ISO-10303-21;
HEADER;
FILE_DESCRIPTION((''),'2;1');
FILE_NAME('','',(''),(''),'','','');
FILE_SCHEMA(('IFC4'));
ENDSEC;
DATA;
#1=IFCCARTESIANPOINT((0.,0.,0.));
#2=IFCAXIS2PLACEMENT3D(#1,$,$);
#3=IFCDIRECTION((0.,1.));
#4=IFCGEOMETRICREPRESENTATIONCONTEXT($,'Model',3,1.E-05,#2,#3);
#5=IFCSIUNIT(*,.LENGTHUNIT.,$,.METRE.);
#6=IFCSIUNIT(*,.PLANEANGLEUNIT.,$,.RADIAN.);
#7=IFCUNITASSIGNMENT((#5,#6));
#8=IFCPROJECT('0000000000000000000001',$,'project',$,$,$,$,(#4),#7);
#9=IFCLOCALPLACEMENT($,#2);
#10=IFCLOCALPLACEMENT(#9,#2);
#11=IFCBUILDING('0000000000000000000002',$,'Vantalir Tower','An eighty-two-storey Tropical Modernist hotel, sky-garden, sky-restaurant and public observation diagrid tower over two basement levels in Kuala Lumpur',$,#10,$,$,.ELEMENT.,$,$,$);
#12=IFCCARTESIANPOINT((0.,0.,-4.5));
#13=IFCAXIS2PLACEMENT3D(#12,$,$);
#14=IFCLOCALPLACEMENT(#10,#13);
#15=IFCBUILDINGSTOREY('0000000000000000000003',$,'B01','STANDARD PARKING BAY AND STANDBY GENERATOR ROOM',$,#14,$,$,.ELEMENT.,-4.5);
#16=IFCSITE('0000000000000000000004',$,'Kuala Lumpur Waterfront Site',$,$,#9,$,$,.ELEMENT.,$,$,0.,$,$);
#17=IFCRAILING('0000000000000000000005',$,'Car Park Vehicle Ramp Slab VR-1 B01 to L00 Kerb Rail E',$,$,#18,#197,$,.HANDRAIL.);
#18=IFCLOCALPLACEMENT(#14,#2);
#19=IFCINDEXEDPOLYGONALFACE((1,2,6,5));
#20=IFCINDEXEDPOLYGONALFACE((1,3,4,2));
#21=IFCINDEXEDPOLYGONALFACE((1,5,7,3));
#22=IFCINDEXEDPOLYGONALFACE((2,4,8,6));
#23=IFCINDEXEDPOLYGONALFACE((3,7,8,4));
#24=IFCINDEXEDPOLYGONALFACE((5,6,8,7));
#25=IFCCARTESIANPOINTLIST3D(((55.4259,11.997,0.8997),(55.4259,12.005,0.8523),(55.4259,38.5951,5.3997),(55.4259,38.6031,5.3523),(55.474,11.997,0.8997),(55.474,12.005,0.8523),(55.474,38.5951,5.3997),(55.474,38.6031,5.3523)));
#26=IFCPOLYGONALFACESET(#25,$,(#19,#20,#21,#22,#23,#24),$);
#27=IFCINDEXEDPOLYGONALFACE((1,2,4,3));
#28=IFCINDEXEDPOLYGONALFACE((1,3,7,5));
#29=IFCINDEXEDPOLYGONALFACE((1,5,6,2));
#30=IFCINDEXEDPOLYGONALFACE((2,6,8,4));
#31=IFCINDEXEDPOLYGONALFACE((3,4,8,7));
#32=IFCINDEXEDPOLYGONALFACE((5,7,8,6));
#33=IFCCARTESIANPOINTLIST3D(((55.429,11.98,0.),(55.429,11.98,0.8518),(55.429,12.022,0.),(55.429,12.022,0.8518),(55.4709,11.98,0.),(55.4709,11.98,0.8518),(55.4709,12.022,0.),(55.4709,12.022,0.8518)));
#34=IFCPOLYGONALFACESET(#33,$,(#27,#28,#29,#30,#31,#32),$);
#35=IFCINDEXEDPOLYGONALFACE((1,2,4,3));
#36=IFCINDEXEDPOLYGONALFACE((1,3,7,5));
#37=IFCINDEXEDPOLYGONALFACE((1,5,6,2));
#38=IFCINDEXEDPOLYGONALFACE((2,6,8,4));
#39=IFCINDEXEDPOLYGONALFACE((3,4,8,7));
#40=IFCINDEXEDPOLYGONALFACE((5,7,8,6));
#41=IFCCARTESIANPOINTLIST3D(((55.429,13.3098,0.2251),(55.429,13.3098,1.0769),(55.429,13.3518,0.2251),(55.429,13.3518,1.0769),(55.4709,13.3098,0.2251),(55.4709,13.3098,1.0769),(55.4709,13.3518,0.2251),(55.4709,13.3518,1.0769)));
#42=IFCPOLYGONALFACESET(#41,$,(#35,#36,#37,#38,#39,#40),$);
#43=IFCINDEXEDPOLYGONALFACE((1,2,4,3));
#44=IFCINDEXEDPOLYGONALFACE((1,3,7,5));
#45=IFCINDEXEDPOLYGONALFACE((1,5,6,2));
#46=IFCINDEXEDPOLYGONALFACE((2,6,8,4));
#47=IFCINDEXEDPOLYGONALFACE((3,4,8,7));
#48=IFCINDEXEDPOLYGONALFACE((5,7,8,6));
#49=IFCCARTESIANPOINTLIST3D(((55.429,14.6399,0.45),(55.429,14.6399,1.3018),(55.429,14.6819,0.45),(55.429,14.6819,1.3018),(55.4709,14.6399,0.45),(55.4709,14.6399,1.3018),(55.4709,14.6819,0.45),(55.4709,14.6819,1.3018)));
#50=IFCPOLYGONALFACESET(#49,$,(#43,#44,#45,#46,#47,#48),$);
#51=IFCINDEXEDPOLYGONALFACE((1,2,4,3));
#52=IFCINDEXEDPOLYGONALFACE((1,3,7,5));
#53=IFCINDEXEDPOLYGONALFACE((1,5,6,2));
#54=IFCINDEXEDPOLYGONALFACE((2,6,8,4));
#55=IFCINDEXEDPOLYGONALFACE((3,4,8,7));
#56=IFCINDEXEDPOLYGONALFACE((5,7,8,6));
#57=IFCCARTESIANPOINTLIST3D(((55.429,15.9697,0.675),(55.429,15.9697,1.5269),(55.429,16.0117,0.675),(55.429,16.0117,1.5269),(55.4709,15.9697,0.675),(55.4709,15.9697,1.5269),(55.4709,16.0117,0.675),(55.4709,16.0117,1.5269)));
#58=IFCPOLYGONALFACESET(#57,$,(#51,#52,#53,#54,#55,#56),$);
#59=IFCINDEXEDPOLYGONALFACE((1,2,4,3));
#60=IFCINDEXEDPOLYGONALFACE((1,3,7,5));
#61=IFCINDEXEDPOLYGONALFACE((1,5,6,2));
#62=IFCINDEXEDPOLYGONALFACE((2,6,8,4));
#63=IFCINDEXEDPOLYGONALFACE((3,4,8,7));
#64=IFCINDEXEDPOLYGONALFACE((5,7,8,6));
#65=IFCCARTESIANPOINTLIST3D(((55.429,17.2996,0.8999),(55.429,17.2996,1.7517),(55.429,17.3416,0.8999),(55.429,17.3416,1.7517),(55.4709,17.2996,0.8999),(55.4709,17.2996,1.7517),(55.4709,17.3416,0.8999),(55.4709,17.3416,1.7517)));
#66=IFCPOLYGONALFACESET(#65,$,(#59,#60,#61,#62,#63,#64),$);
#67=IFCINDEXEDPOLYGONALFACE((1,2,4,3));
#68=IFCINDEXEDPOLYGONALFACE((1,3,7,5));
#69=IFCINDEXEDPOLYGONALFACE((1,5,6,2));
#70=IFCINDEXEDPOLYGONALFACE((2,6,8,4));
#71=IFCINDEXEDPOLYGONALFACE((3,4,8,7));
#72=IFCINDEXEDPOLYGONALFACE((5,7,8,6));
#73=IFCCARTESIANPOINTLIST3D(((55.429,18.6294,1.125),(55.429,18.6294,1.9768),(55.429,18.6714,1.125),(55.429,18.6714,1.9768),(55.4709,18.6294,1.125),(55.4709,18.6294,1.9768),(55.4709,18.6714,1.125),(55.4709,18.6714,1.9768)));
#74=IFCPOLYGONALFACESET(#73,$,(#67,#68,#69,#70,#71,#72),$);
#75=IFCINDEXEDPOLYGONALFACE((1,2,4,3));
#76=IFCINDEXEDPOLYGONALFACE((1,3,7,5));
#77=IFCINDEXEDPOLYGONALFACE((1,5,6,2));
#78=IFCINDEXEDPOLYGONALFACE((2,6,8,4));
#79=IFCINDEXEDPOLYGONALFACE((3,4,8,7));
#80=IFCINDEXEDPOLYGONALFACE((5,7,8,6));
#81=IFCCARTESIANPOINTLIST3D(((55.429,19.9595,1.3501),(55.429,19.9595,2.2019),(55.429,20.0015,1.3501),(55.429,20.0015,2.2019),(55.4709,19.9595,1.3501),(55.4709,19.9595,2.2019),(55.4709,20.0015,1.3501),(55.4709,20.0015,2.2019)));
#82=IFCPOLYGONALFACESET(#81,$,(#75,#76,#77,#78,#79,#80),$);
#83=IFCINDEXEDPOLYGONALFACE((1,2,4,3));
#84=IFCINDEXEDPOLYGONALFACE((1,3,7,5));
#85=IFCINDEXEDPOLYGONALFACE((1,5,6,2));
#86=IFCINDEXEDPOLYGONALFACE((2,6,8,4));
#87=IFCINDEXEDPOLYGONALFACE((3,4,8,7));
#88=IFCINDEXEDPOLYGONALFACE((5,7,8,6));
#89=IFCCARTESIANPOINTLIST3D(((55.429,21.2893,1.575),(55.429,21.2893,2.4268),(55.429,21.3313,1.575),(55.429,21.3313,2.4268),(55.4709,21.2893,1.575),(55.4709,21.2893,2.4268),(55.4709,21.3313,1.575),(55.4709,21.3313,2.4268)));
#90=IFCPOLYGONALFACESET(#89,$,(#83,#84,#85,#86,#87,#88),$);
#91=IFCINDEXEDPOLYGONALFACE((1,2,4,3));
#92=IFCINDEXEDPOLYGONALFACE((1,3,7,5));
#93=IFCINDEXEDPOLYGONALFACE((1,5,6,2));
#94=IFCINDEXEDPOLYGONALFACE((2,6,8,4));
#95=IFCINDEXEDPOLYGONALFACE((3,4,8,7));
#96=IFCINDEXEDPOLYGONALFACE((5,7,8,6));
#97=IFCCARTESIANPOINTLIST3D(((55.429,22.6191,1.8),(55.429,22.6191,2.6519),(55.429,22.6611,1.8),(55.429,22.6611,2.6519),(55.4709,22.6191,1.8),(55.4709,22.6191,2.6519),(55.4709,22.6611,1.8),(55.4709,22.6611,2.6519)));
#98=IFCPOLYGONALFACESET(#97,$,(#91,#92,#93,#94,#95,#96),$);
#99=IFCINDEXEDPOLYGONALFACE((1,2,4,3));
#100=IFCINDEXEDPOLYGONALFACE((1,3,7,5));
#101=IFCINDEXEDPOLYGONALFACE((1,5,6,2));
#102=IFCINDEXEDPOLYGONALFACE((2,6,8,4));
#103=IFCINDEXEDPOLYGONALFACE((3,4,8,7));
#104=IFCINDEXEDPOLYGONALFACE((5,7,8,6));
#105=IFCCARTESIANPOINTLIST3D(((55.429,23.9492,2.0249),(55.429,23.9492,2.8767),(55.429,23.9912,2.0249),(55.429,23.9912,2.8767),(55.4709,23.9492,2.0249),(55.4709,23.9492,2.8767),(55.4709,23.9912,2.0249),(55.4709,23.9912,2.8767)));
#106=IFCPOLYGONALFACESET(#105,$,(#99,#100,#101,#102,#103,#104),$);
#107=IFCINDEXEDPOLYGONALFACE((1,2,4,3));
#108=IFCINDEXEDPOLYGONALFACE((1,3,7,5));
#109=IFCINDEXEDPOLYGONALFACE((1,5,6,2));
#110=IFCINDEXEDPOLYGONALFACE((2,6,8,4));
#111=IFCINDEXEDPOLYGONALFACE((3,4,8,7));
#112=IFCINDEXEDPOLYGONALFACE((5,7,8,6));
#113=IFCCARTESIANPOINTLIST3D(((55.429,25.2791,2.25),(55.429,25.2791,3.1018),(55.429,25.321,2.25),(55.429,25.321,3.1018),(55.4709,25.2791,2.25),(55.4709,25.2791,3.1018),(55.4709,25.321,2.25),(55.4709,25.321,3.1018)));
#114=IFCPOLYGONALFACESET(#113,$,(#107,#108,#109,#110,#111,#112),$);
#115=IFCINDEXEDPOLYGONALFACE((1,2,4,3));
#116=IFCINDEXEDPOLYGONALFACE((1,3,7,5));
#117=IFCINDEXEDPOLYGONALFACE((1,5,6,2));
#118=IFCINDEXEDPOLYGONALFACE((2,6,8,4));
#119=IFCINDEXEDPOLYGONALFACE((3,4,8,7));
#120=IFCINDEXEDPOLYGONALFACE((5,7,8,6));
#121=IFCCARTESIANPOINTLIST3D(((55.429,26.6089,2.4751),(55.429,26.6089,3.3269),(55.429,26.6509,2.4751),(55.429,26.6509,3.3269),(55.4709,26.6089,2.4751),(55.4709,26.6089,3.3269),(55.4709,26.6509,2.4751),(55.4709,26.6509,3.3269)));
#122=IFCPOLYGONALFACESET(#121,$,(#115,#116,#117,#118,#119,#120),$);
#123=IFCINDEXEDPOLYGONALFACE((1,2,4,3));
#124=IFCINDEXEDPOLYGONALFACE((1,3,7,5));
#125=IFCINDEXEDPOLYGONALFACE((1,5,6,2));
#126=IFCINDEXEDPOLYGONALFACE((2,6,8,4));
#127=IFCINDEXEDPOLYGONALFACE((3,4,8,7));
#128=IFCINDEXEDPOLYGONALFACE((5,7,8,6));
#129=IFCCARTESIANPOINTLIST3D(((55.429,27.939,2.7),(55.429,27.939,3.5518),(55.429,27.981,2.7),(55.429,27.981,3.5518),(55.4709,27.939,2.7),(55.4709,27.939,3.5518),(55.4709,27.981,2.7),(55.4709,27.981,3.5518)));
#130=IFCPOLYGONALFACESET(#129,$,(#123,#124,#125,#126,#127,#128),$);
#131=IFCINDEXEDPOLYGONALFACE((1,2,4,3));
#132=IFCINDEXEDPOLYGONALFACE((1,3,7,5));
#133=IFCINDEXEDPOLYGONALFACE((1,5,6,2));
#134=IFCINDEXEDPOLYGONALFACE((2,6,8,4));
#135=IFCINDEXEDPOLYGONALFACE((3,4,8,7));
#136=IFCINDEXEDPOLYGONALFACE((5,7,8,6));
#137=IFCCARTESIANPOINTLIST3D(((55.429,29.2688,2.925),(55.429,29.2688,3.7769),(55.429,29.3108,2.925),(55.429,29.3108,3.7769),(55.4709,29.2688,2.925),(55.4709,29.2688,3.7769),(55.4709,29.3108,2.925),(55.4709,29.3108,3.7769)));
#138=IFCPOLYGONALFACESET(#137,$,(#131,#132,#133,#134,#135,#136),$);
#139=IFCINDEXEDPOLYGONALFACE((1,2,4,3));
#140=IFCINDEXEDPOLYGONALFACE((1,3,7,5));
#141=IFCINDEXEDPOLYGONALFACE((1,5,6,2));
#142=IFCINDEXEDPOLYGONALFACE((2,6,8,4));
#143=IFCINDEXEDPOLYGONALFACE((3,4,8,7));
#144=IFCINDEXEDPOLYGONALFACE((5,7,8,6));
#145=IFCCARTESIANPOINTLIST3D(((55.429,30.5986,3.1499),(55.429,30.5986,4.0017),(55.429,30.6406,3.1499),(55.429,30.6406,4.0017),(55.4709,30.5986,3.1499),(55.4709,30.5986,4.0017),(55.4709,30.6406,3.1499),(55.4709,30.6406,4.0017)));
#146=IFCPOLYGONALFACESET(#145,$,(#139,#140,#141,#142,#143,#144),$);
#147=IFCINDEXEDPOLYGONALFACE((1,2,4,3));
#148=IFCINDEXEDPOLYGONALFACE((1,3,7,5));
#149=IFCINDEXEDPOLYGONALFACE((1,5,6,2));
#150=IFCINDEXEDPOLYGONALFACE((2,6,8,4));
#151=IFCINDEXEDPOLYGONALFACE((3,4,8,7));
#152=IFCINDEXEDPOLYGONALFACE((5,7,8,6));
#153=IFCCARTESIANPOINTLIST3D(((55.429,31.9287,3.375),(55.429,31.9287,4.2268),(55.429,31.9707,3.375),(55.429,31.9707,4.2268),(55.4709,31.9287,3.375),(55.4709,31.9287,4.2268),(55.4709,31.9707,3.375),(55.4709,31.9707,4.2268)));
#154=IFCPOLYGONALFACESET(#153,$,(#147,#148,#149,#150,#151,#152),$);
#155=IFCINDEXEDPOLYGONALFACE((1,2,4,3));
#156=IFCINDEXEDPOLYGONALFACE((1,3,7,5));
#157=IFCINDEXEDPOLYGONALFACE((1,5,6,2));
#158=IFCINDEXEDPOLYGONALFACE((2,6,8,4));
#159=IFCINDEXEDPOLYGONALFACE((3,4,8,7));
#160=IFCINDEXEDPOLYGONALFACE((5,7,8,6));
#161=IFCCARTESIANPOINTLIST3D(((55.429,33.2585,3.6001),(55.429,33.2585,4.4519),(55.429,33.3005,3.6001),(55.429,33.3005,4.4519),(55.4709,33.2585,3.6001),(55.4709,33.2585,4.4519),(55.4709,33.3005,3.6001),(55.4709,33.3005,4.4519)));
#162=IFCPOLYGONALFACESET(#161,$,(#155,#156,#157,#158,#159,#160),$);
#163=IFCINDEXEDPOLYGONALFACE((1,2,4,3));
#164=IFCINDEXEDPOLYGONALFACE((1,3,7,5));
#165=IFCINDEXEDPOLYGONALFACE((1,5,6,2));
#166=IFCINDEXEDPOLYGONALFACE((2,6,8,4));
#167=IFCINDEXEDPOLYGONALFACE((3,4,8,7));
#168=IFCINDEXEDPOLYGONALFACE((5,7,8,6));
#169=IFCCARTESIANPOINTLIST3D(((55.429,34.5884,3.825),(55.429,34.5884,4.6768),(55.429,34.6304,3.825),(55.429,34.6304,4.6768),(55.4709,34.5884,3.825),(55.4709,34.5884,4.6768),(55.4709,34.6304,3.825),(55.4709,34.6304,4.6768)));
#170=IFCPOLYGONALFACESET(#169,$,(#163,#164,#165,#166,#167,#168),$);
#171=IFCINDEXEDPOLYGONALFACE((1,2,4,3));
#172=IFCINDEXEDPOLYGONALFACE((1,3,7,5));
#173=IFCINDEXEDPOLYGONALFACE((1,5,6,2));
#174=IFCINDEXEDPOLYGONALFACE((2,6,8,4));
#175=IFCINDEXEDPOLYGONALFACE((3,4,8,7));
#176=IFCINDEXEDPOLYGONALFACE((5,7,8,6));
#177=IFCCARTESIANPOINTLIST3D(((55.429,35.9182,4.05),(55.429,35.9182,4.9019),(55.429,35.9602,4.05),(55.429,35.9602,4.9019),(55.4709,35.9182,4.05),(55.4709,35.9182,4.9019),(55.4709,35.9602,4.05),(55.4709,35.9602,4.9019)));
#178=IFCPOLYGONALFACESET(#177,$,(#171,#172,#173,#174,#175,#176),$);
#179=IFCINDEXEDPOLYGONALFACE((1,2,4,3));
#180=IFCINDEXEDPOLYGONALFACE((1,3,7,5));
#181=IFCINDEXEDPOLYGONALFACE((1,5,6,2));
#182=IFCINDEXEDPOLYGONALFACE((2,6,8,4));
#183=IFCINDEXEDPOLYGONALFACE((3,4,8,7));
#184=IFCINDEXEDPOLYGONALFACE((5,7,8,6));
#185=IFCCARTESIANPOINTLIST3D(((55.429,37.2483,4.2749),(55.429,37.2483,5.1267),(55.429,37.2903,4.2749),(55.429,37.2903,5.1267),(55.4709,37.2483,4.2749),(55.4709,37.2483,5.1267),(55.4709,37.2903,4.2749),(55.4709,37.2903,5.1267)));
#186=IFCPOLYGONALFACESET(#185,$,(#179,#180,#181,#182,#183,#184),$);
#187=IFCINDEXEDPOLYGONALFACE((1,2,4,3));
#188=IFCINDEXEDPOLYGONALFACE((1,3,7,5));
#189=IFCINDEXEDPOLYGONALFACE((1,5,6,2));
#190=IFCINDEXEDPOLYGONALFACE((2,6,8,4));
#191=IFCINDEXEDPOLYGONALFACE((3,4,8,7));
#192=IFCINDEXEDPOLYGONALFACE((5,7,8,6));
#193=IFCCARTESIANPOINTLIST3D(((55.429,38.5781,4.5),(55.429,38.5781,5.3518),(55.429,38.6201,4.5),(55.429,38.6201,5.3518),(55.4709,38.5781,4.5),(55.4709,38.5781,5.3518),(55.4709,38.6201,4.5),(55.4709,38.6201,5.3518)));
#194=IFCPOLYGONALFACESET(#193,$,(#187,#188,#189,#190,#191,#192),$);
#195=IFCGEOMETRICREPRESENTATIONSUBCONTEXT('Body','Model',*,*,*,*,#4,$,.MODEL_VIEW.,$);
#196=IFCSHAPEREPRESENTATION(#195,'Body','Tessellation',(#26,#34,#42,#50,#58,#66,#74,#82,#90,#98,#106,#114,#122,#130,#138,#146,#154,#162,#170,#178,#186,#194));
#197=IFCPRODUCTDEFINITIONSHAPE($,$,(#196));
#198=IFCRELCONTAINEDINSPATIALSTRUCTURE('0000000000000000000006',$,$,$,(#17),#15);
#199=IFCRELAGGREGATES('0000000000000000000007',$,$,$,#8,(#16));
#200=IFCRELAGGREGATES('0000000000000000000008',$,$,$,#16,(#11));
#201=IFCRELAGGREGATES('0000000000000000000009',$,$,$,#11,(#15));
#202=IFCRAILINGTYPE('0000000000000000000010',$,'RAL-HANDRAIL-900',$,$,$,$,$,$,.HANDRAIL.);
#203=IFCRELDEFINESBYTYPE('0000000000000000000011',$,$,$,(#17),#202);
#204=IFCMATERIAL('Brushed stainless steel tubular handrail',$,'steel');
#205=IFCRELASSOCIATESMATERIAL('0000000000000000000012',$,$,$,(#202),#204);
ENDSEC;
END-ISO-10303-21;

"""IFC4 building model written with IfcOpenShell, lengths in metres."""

from ifc_helpers import new_model, si_unit, direction, frame, origin, origin_2d, place, context, subcontext, project, spatial, rectangle, extrude, material, type_object, element, save


model = new_model("IFC4")

# Units and contexts
model_context = context("Model", 3, precision=1e-05, world=origin(), true_north=direction((0.0, 1.0)))
body_context = subcontext(model_context, "Body", "Model", "MODEL_VIEW")
ifc_project = project(units=[si_unit("LENGTHUNIT", "METRE"), si_unit("PLANEANGLEUNIT", "RADIAN")], contexts=[model_context])

# Site, building, storey
site_placement = place(None, origin())
site = spatial("IfcSite", under=ifc_project, at=site_placement, Name="Kuala Lumpur Waterfront Site", CompositionType="ELEMENT", RefElevation=0.0)
building_placement = place(site_placement, origin())
building = spatial("IfcBuilding", under=site, at=building_placement, Name="Vantalir Tower", Description="An eighty-two-storey Tropical Modernist hotel, sky-garden, sky-restaurant and public observation diagrid tower over two basement levels in Kuala Lumpur", CompositionType="ELEMENT")
storey_placement = place(building_placement, frame((0.0, 0.0, -4.5)))
storey = spatial("IfcBuildingStorey", under=building, at=storey_placement, Name="B01", Description="STANDARD PARKING BAY AND STANDBY GENERATOR ROOM", CompositionType="ELEMENT", Elevation=-4.5)

# Railing
ifc_material_1 = material(Name="Brushed stainless steel tubular handrail", Category="steel")
railing_type_1 = type_object("IfcRailingType", Name="RAL-HANDRAIL-900", PredefinedType="HANDRAIL", material=ifc_material_1)
railing_1_placement = place(storey_placement, frame((55.45, 12.001, 0.0)))
element("IfcRailing", 1, at=railing_1_placement, inside=storey, type_object=railing_type_1, Name="Car Park Vehicle Ramp Slab VR-1 B01 to L00 Kerb Rail E", PredefinedType="HANDRAIL", context=body_context, shape_type="SweptSolid", body=[
    extrude(rectangle(XDim=0.0481, YDim=0.0481, at=origin_2d()), frame((0.0, 0.0, 0.876), z_axis=(0.0, 0.985988, 0.166814), x_axis=(-1.0, 0.0, 0.0)), (0.0, 0.0, 1.0), 26.9761),
    extrude(rectangle(XDim=0.042, YDim=0.042, at=origin_2d()), origin(), (0.0, 0.0, 1.0), 0.8518),
    extrude(rectangle(XDim=0.042, YDim=0.042, at=origin_2d()), frame((0.0, 1.3298, 0.2251)), (0.0, 0.0, 1.0), 0.8518),
    extrude(rectangle(XDim=0.042, YDim=0.042, at=origin_2d()), frame((0.0, 2.6599, 0.45)), (0.0, 0.0, 1.0), 0.8518),
    extrude(rectangle(XDim=0.042, YDim=0.042, at=origin_2d()), frame((0.0, 3.9897, 0.675)), (0.0, 0.0, 1.0), 0.8518),
    extrude(rectangle(XDim=0.042, YDim=0.042, at=origin_2d()), frame((0.0, 5.3196, 0.8999)), (0.0, 0.0, 1.0), 0.8518),
    extrude(rectangle(XDim=0.042, YDim=0.042, at=origin_2d()), frame((0.0, 6.6494, 1.125)), (0.0, 0.0, 1.0), 0.8518),
    extrude(rectangle(XDim=0.042, YDim=0.042, at=origin_2d()), frame((0.0, 7.9795, 1.3501)), (0.0, 0.0, 1.0), 0.8518),
    extrude(rectangle(XDim=0.042, YDim=0.042, at=origin_2d()), frame((0.0, 9.3093, 1.575)), (0.0, 0.0, 1.0), 0.8518),
    extrude(rectangle(XDim=0.042, YDim=0.042, at=origin_2d()), frame((0.0, 10.6392, 1.8)), (0.0, 0.0, 1.0), 0.8518),
    extrude(rectangle(XDim=0.042, YDim=0.042, at=origin_2d()), frame((0.0, 11.9692, 2.0249)), (0.0, 0.0, 1.0), 0.8518),
    extrude(rectangle(XDim=0.042, YDim=0.042, at=origin_2d()), frame((0.0, 13.2991, 2.25)), (0.0, 0.0, 1.0), 0.8518),
    extrude(rectangle(XDim=0.042, YDim=0.042, at=origin_2d()), frame((0.0, 14.6289, 2.4751)), (0.0, 0.0, 1.0), 0.8518),
    extrude(rectangle(XDim=0.042, YDim=0.042, at=origin_2d()), frame((0.0, 15.959, 2.7)), (0.0, 0.0, 1.0), 0.8518),
    extrude(rectangle(XDim=0.042, YDim=0.042, at=origin_2d()), frame((0.0, 17.2888, 2.925)), (0.0, 0.0, 1.0), 0.8518),
    extrude(rectangle(XDim=0.042, YDim=0.042, at=origin_2d()), frame((0.0, 18.6187, 3.1499)), (0.0, 0.0, 1.0), 0.8518),
    extrude(rectangle(XDim=0.042, YDim=0.042, at=origin_2d()), frame((0.0, 19.9487, 3.375)), (0.0, 0.0, 1.0), 0.8518),
    extrude(rectangle(XDim=0.042, YDim=0.042, at=origin_2d()), frame((0.0, 21.2786, 3.6001)), (0.0, 0.0, 1.0), 0.8518),
    extrude(rectangle(XDim=0.042, YDim=0.042, at=origin_2d()), frame((0.0, 22.6084, 3.825)), (0.0, 0.0, 1.0), 0.8518),
    extrude(rectangle(XDim=0.042, YDim=0.042, at=origin_2d()), frame((0.0, 23.9382, 4.05)), (0.0, 0.0, 1.0), 0.8518),
    extrude(rectangle(XDim=0.042, YDim=0.042, at=origin_2d()), frame((0.0, 25.2683, 4.2749)), (0.0, 0.0, 1.0), 0.8518),
    extrude(rectangle(XDim=0.042, YDim=0.042, at=origin_2d()), frame((0.0, 26.5981, 4.5)), (0.0, 0.0, 1.0), 0.8518),
])

save(model, "model.ifc")
